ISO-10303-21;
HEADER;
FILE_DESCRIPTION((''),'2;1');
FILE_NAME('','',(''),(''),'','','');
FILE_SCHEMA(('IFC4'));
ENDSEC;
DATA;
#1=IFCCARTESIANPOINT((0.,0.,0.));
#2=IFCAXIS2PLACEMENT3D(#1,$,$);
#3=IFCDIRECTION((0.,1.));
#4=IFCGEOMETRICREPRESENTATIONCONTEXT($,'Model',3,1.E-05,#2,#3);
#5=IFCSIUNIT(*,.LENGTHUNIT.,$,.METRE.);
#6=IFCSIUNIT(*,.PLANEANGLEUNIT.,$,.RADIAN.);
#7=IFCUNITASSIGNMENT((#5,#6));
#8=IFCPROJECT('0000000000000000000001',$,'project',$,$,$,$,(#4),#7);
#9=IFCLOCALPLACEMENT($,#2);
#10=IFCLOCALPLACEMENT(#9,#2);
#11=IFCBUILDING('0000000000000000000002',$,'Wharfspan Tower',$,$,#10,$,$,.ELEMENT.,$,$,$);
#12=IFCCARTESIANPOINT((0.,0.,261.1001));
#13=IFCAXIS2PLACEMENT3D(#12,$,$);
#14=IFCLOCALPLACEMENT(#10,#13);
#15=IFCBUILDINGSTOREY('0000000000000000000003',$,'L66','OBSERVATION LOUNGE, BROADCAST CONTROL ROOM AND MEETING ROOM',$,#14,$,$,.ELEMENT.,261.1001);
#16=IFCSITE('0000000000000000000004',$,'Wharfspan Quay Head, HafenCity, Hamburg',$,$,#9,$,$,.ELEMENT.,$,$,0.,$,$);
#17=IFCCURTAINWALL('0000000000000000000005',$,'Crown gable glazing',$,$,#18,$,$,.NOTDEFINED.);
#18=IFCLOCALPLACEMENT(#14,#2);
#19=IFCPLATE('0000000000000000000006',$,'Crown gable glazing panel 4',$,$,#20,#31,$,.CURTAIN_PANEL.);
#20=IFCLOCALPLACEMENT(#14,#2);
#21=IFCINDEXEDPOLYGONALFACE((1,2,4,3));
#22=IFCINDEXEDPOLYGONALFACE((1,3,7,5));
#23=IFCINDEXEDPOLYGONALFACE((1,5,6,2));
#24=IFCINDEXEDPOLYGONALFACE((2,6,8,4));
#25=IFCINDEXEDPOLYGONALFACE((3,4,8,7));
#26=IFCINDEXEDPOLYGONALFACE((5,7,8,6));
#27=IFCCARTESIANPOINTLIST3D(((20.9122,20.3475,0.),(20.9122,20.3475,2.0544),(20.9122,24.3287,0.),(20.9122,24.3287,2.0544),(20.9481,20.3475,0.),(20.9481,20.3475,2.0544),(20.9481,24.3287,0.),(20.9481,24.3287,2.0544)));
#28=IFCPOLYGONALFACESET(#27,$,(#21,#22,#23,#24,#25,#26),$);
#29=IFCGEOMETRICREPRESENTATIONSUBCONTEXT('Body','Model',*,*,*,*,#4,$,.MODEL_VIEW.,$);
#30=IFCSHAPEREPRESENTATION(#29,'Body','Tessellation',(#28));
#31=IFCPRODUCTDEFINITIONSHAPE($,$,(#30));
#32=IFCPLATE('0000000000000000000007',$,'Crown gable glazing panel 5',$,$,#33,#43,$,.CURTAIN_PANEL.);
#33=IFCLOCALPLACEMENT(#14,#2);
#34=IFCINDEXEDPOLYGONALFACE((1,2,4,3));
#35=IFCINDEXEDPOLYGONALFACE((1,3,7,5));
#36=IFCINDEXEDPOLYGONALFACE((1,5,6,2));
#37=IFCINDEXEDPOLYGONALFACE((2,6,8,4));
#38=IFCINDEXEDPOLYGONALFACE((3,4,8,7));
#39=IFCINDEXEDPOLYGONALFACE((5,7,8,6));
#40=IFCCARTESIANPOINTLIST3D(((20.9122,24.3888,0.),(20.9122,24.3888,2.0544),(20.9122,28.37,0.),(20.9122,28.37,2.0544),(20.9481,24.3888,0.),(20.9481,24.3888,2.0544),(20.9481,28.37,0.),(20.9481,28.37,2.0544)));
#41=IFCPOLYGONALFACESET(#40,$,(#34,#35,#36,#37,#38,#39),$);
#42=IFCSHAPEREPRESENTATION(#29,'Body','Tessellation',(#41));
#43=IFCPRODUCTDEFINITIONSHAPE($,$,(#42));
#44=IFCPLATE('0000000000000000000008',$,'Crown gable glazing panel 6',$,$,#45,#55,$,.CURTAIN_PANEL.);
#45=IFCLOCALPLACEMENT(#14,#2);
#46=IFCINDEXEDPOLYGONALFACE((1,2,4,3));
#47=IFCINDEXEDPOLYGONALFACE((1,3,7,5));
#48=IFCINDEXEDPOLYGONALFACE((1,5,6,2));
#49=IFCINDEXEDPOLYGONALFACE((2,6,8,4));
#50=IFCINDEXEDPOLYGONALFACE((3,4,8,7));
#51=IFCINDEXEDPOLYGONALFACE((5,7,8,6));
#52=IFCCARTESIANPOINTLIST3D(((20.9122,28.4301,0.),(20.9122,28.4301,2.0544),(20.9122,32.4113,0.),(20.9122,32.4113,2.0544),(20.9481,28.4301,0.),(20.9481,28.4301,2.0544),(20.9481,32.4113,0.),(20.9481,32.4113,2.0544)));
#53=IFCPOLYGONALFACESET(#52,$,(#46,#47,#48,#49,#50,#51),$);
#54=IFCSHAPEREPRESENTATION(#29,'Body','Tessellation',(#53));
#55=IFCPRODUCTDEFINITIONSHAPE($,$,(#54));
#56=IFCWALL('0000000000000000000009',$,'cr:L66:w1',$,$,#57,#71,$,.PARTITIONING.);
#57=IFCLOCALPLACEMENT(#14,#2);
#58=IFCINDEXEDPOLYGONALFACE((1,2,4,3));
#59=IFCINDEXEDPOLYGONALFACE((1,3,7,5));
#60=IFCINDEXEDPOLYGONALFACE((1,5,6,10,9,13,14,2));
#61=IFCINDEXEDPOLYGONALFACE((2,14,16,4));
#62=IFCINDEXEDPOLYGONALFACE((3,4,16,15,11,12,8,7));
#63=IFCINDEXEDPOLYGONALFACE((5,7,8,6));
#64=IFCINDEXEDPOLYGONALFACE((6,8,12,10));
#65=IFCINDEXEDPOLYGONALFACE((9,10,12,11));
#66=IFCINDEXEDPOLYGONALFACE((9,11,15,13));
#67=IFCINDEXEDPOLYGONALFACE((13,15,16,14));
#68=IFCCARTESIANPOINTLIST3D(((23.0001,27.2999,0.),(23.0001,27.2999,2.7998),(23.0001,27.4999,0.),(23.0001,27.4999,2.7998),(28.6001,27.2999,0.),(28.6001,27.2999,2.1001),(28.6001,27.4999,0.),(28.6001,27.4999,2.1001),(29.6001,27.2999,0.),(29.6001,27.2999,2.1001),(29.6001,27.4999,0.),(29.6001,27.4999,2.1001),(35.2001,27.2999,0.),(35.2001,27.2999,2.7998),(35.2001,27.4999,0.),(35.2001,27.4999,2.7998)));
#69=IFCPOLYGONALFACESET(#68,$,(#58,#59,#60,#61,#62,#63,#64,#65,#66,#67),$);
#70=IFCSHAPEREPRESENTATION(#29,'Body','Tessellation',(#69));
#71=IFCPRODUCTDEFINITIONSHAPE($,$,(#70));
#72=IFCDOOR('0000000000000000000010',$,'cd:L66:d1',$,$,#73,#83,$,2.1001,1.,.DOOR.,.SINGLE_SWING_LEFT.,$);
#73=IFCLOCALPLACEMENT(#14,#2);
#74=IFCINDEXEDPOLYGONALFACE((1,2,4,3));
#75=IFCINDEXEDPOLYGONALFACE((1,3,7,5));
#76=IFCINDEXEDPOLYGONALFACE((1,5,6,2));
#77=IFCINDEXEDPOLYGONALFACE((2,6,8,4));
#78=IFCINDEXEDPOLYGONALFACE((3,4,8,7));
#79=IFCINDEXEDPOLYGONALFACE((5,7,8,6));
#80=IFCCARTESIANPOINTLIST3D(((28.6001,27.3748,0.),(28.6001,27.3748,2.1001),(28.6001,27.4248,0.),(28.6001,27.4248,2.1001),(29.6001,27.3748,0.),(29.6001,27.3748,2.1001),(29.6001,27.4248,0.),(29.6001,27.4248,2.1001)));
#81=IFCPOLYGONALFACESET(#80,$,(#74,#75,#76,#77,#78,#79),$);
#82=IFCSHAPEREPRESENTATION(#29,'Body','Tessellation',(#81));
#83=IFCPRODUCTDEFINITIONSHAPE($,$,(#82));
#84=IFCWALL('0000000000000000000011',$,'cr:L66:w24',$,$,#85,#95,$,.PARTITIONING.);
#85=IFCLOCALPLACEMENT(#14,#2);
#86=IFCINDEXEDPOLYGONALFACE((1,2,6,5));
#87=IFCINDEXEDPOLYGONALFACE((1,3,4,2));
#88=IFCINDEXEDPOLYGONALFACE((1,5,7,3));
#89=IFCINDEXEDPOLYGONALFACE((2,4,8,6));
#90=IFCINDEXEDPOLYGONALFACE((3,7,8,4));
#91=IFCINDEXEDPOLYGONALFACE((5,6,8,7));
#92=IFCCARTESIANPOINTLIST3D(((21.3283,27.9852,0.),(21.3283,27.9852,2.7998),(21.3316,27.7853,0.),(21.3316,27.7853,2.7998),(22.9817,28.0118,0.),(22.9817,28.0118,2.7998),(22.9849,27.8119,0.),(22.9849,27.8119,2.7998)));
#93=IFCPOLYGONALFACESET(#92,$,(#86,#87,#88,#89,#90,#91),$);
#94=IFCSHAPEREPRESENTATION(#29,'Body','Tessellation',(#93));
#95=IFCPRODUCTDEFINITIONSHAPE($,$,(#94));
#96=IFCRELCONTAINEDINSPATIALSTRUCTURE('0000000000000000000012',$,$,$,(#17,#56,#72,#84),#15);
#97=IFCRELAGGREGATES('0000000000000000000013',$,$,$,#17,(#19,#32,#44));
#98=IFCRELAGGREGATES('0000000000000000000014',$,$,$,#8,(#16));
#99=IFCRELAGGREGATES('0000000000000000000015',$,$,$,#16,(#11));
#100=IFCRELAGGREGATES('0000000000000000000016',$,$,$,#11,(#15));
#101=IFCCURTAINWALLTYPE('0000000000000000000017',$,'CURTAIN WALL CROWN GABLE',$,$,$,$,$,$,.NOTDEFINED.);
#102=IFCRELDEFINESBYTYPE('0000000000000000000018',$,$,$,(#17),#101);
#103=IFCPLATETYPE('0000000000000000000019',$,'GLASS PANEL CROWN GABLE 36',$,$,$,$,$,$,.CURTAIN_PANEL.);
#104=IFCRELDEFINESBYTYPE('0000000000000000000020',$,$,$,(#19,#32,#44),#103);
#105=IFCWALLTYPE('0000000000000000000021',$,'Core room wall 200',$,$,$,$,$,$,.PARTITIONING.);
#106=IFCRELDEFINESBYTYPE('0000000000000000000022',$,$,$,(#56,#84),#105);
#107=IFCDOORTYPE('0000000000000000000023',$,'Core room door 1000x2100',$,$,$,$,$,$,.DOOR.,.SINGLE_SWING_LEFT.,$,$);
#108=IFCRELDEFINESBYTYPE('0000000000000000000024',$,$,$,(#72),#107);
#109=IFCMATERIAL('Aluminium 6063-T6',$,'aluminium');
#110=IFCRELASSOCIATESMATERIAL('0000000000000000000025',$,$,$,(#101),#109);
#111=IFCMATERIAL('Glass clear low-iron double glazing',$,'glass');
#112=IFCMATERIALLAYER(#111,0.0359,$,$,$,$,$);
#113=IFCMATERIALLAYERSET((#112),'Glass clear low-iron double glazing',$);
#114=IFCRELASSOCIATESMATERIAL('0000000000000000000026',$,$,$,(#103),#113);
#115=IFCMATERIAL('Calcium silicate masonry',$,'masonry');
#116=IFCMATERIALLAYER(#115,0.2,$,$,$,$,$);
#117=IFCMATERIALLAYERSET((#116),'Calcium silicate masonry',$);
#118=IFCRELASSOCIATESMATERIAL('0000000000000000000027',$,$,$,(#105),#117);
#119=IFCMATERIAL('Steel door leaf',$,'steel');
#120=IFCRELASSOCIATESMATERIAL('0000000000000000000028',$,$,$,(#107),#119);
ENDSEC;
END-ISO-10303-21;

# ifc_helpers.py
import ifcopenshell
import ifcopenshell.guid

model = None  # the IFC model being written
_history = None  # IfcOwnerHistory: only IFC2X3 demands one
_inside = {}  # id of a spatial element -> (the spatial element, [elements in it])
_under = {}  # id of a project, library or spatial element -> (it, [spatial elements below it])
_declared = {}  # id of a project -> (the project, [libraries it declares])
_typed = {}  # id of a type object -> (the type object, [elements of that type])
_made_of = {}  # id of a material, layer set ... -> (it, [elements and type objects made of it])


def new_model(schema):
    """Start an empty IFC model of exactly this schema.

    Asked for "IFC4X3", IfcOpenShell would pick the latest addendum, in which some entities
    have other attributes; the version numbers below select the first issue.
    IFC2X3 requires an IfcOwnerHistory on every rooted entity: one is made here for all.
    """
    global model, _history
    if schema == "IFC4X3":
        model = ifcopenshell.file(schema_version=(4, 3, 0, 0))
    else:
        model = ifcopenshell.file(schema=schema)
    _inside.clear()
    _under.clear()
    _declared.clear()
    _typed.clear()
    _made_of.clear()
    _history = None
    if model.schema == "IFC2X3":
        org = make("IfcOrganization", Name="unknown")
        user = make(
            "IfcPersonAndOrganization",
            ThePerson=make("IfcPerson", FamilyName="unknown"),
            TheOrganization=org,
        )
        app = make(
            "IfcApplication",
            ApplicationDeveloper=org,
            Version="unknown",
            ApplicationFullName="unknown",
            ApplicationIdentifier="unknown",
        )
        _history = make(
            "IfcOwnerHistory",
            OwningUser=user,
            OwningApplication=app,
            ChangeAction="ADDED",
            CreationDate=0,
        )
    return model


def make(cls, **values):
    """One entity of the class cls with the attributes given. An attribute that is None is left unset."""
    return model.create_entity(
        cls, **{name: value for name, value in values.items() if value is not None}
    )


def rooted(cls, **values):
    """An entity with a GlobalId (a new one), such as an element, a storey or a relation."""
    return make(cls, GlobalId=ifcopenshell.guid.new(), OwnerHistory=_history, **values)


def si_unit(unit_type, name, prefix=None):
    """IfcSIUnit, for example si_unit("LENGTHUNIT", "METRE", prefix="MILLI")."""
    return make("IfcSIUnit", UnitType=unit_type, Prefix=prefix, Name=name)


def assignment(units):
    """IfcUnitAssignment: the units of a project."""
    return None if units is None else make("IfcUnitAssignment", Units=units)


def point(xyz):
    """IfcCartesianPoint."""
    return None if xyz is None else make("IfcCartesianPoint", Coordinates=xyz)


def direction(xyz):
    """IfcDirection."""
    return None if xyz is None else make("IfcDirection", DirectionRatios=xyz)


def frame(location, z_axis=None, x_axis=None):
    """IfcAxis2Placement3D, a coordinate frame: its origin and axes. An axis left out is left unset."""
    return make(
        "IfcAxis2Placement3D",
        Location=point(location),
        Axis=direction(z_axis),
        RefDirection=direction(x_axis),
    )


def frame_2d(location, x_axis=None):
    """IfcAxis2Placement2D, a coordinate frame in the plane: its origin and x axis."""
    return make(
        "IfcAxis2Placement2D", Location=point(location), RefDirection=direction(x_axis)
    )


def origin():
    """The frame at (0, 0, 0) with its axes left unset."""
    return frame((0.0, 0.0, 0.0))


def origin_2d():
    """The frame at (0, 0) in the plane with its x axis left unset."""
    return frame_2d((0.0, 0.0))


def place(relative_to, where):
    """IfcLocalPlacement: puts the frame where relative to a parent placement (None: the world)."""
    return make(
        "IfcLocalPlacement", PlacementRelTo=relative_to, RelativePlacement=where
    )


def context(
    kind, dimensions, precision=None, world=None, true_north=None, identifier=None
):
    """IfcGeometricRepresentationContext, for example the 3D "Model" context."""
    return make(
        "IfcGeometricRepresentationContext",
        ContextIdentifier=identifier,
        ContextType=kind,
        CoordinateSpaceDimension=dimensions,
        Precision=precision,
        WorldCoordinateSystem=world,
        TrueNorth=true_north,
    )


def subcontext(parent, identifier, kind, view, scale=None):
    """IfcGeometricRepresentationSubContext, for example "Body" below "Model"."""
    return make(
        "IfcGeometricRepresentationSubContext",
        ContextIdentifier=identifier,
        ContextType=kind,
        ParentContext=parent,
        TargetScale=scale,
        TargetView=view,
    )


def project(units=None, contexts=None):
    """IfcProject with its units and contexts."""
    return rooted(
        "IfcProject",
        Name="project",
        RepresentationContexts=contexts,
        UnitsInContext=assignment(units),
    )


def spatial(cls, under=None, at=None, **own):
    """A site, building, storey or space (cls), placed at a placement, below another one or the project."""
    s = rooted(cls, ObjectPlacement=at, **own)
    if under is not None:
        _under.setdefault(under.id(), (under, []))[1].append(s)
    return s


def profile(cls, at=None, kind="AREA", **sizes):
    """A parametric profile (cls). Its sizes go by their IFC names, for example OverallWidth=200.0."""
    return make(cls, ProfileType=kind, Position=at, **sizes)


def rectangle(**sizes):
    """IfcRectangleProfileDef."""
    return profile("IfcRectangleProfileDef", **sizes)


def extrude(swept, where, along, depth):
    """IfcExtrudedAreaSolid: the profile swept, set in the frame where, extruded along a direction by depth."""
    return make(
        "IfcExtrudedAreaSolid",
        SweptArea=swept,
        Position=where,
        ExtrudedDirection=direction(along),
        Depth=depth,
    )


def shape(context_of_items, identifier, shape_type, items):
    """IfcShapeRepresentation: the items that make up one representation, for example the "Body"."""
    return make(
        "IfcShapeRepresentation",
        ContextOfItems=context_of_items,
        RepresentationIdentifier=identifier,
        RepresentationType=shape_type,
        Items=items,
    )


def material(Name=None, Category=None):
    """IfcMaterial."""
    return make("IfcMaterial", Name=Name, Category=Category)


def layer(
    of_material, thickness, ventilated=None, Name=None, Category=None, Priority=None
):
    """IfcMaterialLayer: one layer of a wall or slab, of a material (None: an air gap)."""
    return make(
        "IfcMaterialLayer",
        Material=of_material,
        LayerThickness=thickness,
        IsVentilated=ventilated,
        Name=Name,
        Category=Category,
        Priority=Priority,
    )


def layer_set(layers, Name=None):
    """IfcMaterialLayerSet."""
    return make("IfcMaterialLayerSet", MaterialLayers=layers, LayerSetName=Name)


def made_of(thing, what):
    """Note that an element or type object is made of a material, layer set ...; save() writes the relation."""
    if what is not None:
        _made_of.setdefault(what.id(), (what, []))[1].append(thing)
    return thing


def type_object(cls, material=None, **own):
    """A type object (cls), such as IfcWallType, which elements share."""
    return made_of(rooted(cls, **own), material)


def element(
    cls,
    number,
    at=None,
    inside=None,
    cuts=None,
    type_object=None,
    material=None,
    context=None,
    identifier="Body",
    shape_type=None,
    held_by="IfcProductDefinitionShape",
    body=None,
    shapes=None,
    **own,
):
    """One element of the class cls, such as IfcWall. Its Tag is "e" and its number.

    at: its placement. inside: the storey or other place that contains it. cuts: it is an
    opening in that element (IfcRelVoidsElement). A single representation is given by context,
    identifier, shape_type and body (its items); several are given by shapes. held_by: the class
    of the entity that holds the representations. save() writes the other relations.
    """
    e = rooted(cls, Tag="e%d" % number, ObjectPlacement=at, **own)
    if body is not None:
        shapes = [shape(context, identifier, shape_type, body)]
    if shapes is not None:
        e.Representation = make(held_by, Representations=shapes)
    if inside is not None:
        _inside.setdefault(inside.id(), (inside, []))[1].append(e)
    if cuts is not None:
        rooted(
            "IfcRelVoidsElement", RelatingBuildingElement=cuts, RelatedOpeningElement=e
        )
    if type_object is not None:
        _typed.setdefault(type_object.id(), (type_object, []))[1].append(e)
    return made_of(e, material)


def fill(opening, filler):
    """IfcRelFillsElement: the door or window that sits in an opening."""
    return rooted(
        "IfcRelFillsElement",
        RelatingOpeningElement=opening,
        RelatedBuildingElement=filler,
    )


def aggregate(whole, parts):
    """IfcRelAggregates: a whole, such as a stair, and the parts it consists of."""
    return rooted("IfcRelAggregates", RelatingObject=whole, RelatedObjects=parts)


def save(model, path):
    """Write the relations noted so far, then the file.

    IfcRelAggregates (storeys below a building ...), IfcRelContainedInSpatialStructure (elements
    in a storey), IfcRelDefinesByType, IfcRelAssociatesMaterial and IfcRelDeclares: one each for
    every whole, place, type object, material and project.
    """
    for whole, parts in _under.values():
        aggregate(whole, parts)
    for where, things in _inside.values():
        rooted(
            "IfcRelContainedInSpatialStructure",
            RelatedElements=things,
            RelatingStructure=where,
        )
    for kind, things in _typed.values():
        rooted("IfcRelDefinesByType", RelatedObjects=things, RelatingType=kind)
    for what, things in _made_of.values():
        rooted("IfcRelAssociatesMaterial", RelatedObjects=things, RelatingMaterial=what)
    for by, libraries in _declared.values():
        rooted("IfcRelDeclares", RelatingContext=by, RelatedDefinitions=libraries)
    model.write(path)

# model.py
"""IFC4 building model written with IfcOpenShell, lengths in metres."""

from ifc_helpers import new_model, si_unit, direction, frame, frame_2d, origin, origin_2d, place, context, subcontext, project, spatial, rectangle, extrude, material, layer, layer_set, type_object, element, fill, aggregate, save


model = new_model("IFC4")

# Units and contexts
model_context = context("Model", 3, precision=1e-05, world=origin(), true_north=direction((0.0, 1.0)))
body_context = subcontext(model_context, "Body", "Model", "MODEL_VIEW")
ifc_project = project(units=[si_unit("LENGTHUNIT", "METRE"), si_unit("PLANEANGLEUNIT", "RADIAN")], contexts=[model_context])

# Site, building, storey
site_placement = place(None, origin())
site = spatial("IfcSite", under=ifc_project, at=site_placement, Name="Wharfspan Quay Head, HafenCity, Hamburg", CompositionType="ELEMENT", RefElevation=0.0)
building_placement = place(site_placement, origin())
building = spatial("IfcBuilding", under=site, at=building_placement, Name="Wharfspan Tower", CompositionType="ELEMENT")
storey_placement = place(building_placement, frame((0.0, 0.0, 261.1001)))
storey = spatial("IfcBuildingStorey", under=building, at=storey_placement, Name="L66", Description="OBSERVATION LOUNGE, BROADCAST CONTROL ROOM AND MEETING ROOM", CompositionType="ELEMENT", Elevation=261.1001)

# Curtain wall
ifc_material_1 = material(Name="Aluminium 6063-T6", Category="aluminium")
curtain_wall_type = type_object("IfcCurtainWallType", Name="CURTAIN WALL CROWN GABLE", PredefinedType="NOTDEFINED", material=ifc_material_1)
curtain_wall_placement = place(storey_placement, origin())
curtain_wall = element("IfcCurtainWall", 1, at=curtain_wall_placement, inside=storey, type_object=curtain_wall_type, Name="Crown gable glazing", PredefinedType="NOTDEFINED")

# Plates
ifc_material_2 = material(Name="Glass clear low-iron double glazing", Category="glass")
ifc_layer_1 = layer(ifc_material_2, 0.0359)
ifc_layer_set_1 = layer_set([ifc_layer_1], Name="Glass clear low-iron double glazing")
plate_type = type_object("IfcPlateType", Name="GLASS PANEL CROWN GABLE 36", PredefinedType="CURTAIN_PANEL", material=ifc_layer_set_1)
plate_1_placement = place(storey_placement, frame((20.9302, 22.3381, 0.0), z_axis=(0.0, 0.0, 1.0), x_axis=(0.0, 1.0, 0.0)))
plate_1 = element("IfcPlate", 2, at=plate_1_placement, type_object=plate_type, Name="Crown gable glazing panel 4", PredefinedType="CURTAIN_PANEL", context=body_context, shape_type="SweptSolid", body=[
    extrude(rectangle(XDim=3.9812, YDim=0.0359, at=origin_2d()), origin(), (0.0, 0.0, 1.0), 2.0544),
])
plate_2_placement = place(storey_placement, frame((20.9302, 26.3794, 0.0), z_axis=(0.0, 0.0, 1.0), x_axis=(0.0, 1.0, 0.0)))
plate_2 = element("IfcPlate", 3, at=plate_2_placement, type_object=plate_type, Name="Crown gable glazing panel 5", PredefinedType="CURTAIN_PANEL", context=body_context, shape_type="SweptSolid", body=[
    extrude(rectangle(XDim=3.9812, YDim=0.0359, at=origin_2d()), origin(), (0.0, 0.0, 1.0), 2.0544),
])
plate_3_placement = place(storey_placement, frame((20.9302, 30.4207, 0.0), z_axis=(0.0, 0.0, 1.0), x_axis=(0.0, 1.0, 0.0)))
plate_3 = element("IfcPlate", 4, at=plate_3_placement, type_object=plate_type, Name="Crown gable glazing panel 6", PredefinedType="CURTAIN_PANEL", context=body_context, shape_type="SweptSolid", body=[
    extrude(rectangle(XDim=3.9812, YDim=0.0359, at=origin_2d()), origin(), (0.0, 0.0, 1.0), 2.0544),
])
aggregate(curtain_wall, [plate_1, plate_2, plate_3])

# Wall, opening, door
ifc_material_3 = material(Name="Calcium silicate masonry", Category="masonry")
ifc_layer_2 = layer(ifc_material_3, 0.2)
ifc_layer_set_2 = layer_set([ifc_layer_2], Name="Calcium silicate masonry")
wall_type_1 = type_object("IfcWallType", Name="Core room wall 200", PredefinedType="PARTITIONING", material=ifc_layer_set_2)
wall_1_placement = place(storey_placement, frame((23.0, 27.3999, 0.0), z_axis=(0.0, 0.0, 1.0), x_axis=(1.0, 0.0, 0.0)))
wall_1 = element("IfcWall", 5, at=wall_1_placement, inside=storey, type_object=wall_type_1, Name="cr:L66:w1", PredefinedType="PARTITIONING", context=body_context, shape_type="SweptSolid", body=[
    extrude(rectangle(XDim=12.2, YDim=0.2, at=frame_2d((6.1001, 0.0))), origin(), (0.0, 0.0, 1.0), 2.7998),
])
opening_1_placement = place(wall_1_placement, frame((5.6001, 0.0, 0.0)))
opening_1 = element("IfcOpeningElement", 6, at=opening_1_placement, cuts=wall_1, PredefinedType="OPENING", context=body_context, shape_type="SweptSolid", body=[
    extrude(rectangle(XDim=1.0, YDim=2.1001, at=frame_2d((0.5, 1.05))), frame((0.0, 0.1099, 0.0), z_axis=(0.0, -1.0, 0.0), x_axis=(1.0, 0.0, 0.0)), (0.0, 0.0, 1.0), 0.22),
])
ifc_material_4 = material(Name="Steel door leaf", Category="steel")
door_type_1 = type_object("IfcDoorType", Name="Core room door 1000x2100", OperationType="SINGLE_SWING_LEFT", PredefinedType="DOOR", material=ifc_material_4)
door_1_placement = place(opening_1_placement, origin())
door_1 = element("IfcDoor", 7, at=door_1_placement, inside=storey, type_object=door_type_1, Name="cd:L66:d1", OperationType="SINGLE_SWING_LEFT", OverallHeight=2.1001, OverallWidth=1.0, PredefinedType="DOOR", context=body_context, shape_type="SweptSolid", body=[
    extrude(rectangle(XDim=1.0, YDim=2.1001, at=frame_2d((0.5, 1.05))), frame((0.0, 0.0249, 0.0), z_axis=(0.0, -1.0, 0.0), x_axis=(1.0, 0.0, 0.0)), (0.0, 0.0, 1.0), 0.05),
])
fill(opening_1, door_1)

# Wall
wall_2_placement = place(storey_placement, frame((21.3301, 27.8853, 0.0), z_axis=(0.0, 0.0, 1.0), x_axis=(0.999874, 0.016094, 0.0)))
element("IfcWall", 8, at=wall_2_placement, inside=storey, type_object=wall_type_1, Name="cr:L66:w24", PredefinedType="PARTITIONING", context=body_context, shape_type="SweptSolid", body=[
    extrude(rectangle(XDim=1.6536, YDim=0.2, at=frame_2d((0.8267, 0.0))), origin(), (0.0, 0.0, 1.0), 2.7998),
])

save(model, "model.ifc")
